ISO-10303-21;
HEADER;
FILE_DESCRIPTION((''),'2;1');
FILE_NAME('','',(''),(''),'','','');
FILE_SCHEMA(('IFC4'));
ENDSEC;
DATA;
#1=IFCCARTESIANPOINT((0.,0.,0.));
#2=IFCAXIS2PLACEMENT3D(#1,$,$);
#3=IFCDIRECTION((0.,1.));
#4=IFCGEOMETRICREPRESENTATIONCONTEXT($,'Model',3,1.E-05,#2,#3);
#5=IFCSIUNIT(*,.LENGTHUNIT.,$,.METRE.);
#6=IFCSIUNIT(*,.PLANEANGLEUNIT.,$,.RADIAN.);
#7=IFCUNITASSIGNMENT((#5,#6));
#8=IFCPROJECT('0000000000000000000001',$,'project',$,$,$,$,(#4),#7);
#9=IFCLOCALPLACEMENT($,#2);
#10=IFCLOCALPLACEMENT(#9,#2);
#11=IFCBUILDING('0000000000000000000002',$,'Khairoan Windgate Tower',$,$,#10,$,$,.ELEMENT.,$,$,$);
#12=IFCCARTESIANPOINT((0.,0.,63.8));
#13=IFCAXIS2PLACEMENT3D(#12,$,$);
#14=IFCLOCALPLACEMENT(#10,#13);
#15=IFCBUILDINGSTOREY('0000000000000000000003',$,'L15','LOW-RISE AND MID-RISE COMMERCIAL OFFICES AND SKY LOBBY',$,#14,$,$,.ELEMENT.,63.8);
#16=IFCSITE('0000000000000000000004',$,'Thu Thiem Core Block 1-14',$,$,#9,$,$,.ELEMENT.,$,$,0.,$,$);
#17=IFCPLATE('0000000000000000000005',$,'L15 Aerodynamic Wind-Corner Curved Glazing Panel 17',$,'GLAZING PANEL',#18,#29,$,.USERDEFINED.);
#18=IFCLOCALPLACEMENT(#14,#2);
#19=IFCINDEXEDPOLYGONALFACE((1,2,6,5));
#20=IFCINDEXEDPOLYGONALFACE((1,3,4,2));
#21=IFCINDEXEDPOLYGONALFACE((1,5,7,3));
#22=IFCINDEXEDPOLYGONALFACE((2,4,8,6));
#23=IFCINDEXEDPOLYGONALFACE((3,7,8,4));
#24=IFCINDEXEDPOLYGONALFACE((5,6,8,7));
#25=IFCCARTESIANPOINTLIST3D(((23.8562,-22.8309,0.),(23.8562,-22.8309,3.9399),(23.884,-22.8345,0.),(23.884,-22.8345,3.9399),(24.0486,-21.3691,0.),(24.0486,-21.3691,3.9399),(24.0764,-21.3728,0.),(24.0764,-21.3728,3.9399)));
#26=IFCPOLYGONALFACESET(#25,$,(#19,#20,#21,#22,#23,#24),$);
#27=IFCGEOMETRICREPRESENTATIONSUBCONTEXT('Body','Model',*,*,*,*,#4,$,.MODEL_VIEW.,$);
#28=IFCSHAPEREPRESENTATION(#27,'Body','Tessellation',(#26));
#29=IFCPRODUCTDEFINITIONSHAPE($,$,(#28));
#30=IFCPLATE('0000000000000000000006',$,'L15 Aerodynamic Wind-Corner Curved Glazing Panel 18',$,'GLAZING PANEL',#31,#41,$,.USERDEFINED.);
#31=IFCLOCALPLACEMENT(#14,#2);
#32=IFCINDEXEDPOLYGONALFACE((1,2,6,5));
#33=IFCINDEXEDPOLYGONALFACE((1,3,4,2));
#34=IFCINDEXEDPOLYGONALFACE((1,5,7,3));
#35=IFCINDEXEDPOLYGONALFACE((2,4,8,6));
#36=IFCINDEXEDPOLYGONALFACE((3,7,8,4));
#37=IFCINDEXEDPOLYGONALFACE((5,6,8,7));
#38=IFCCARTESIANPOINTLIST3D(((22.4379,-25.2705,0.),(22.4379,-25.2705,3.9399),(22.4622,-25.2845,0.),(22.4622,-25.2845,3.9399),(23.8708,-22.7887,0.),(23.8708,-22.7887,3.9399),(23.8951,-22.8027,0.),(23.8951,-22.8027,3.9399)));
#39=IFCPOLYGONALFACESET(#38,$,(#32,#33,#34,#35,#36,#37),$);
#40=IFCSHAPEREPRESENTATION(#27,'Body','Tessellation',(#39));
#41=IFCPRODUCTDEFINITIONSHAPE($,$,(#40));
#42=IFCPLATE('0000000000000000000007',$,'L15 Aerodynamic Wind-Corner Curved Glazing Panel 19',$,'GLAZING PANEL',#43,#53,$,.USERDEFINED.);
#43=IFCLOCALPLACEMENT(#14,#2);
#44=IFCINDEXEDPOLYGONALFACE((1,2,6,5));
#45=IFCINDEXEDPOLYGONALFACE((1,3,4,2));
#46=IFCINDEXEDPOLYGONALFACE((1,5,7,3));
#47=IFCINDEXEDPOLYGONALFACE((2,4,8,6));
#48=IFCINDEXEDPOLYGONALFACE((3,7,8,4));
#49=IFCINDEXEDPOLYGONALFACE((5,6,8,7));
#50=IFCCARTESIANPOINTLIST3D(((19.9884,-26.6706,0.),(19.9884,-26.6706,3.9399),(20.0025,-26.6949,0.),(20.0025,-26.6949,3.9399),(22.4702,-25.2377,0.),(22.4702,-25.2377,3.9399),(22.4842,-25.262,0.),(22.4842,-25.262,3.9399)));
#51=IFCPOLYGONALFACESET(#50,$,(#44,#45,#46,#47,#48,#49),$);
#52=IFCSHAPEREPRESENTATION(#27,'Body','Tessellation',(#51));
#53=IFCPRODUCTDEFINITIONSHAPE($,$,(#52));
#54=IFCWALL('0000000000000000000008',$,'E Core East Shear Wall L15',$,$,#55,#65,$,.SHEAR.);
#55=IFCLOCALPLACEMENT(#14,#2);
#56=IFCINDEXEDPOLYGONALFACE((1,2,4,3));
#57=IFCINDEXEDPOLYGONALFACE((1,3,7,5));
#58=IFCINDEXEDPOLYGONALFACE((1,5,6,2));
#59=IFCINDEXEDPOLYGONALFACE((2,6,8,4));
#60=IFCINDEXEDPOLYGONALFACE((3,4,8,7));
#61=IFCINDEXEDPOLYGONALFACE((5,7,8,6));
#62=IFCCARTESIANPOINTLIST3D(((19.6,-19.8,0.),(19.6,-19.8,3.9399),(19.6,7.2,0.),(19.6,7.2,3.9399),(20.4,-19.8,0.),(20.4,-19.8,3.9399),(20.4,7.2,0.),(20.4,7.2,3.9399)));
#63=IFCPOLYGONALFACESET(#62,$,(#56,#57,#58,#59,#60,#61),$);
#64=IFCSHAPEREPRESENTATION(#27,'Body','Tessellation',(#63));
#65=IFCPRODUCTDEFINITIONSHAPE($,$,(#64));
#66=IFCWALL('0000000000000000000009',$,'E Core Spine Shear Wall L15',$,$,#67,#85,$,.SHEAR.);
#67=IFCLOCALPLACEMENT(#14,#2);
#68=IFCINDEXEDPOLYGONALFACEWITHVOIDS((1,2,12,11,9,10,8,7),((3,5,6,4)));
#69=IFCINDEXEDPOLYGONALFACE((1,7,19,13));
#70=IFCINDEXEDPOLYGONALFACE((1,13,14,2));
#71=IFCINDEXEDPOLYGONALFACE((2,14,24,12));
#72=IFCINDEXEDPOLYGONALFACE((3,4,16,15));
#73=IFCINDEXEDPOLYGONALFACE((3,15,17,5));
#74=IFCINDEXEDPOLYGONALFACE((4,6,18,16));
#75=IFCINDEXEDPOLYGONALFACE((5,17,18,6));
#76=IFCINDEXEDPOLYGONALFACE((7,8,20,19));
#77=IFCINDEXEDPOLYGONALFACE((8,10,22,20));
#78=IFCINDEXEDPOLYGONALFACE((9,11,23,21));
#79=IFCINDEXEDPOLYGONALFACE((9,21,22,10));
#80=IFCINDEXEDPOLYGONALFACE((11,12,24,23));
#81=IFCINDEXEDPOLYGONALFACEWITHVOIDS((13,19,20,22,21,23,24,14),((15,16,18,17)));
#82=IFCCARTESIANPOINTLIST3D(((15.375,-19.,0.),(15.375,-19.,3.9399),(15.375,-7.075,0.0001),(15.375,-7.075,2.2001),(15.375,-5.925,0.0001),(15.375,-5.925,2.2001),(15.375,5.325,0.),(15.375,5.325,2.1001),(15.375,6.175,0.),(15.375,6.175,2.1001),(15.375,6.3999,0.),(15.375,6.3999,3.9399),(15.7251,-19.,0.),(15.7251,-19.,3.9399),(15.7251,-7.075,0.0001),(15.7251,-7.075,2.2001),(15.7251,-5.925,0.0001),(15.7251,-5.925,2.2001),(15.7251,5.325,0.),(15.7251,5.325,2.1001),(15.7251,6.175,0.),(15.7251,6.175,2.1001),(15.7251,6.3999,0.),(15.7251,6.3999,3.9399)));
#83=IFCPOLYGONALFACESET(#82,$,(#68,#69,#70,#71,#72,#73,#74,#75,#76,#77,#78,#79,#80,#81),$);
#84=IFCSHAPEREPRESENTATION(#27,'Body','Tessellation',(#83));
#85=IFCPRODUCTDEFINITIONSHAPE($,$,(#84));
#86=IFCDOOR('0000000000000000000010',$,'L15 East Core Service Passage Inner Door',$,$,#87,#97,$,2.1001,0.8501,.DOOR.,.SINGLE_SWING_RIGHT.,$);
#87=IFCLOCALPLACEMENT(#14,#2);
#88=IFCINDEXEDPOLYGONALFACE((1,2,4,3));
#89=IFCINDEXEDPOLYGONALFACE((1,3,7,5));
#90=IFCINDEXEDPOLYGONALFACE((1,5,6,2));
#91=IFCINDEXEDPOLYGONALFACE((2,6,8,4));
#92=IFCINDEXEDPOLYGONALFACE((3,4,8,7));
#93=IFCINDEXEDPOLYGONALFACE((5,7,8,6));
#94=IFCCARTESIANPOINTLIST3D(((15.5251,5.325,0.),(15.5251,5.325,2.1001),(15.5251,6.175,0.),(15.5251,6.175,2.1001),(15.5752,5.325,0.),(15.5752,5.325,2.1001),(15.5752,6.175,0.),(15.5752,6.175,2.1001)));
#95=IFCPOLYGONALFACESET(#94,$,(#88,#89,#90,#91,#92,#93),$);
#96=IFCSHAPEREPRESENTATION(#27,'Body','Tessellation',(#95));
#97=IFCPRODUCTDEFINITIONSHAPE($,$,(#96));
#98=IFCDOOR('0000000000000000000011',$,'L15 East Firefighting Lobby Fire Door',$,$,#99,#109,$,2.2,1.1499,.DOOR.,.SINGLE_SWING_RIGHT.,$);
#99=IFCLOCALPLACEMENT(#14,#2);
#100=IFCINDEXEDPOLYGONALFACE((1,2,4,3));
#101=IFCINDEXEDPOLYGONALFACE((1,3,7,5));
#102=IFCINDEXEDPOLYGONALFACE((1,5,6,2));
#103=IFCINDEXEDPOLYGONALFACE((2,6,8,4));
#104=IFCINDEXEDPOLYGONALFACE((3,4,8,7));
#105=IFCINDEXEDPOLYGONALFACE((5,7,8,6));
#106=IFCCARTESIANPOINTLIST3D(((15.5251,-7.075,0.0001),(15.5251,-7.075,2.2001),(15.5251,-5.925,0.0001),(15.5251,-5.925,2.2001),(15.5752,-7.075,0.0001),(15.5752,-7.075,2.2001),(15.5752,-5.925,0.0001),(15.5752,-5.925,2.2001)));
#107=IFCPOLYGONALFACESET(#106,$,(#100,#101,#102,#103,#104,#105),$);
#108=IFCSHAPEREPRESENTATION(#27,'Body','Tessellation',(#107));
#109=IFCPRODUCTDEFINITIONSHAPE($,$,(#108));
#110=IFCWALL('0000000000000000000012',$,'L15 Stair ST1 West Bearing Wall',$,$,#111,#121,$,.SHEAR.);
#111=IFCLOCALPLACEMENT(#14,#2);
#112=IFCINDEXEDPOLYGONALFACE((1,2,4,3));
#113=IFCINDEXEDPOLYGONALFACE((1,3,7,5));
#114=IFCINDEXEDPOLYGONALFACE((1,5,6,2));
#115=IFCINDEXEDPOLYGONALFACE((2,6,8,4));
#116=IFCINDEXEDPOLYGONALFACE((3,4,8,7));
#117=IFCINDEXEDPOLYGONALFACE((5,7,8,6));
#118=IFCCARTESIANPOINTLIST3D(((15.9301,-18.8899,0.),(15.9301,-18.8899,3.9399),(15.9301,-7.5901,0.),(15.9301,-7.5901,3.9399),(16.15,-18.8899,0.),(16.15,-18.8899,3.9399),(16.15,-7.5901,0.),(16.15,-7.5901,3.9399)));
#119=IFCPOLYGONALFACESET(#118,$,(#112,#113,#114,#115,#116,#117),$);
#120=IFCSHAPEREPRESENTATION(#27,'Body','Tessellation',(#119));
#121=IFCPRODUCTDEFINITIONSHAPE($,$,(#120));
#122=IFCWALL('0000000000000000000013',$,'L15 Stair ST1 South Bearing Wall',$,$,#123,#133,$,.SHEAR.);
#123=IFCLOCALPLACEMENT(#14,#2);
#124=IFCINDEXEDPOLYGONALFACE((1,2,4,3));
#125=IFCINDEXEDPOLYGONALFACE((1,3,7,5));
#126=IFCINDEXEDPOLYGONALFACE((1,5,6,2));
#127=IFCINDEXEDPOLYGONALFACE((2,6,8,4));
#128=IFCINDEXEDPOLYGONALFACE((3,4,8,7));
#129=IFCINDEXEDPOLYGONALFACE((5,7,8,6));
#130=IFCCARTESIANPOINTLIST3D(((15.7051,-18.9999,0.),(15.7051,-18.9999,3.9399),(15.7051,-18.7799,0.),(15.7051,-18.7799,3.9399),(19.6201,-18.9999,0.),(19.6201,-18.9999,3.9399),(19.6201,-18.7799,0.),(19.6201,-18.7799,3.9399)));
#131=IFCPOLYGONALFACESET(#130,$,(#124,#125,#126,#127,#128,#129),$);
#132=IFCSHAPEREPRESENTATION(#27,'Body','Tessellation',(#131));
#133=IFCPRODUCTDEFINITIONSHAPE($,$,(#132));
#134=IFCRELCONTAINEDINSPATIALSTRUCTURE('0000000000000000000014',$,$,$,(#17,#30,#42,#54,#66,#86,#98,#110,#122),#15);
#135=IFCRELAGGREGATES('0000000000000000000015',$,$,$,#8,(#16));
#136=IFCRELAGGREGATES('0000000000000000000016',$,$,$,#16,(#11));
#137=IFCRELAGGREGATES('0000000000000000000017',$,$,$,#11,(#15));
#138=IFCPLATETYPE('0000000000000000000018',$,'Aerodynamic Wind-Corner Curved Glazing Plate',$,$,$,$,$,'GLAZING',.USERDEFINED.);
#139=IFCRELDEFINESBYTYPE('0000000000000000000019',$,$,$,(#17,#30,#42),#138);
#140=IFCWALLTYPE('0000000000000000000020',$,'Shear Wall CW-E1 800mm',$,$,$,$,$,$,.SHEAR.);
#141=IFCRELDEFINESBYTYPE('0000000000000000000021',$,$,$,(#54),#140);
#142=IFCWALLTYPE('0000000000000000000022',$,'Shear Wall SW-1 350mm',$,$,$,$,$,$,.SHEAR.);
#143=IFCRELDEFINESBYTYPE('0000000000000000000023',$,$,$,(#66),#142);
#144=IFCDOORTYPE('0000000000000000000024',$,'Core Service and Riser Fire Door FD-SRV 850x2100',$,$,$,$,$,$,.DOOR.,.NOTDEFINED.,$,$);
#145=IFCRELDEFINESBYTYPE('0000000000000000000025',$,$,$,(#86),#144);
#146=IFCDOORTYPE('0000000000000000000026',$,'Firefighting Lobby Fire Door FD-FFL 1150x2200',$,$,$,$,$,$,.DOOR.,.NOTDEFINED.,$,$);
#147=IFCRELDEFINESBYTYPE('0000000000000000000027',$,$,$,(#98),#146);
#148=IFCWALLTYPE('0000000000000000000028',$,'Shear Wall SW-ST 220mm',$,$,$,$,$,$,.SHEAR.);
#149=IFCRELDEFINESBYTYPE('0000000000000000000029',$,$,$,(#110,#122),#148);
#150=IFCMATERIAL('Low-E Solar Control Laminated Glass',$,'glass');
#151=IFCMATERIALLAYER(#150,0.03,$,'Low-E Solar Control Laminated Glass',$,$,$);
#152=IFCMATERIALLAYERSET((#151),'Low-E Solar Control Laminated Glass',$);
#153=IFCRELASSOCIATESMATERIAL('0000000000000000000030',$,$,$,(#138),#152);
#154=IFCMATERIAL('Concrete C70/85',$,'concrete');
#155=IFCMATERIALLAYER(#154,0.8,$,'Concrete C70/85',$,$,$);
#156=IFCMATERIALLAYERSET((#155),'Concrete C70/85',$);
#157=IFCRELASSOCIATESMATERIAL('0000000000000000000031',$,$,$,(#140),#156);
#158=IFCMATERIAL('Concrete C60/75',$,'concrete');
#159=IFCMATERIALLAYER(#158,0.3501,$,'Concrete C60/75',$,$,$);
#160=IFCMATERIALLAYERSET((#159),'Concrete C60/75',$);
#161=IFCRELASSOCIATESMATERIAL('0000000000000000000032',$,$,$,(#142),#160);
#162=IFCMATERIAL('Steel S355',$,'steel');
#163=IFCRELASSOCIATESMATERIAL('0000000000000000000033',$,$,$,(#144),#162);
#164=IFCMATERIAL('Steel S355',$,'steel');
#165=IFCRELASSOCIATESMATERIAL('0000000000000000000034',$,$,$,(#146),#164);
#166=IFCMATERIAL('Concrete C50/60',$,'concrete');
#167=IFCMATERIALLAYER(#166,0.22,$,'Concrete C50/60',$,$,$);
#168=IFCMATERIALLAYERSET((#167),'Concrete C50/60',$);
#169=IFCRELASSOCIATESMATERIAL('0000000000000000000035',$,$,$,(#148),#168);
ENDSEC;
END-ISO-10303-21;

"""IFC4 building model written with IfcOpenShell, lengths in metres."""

from ifc_helpers import new_model, si_unit, direction, frame, frame_2d, origin, origin_2d, place, context, subcontext, project, spatial, rectangle, extrude, material, layer, layer_set, type_object, element, fill, save


model = new_model("IFC4")

# Units and contexts
model_context = context("Model", 3, precision=1e-05, world=origin(), true_north=direction((0.0, 1.0)))
body_context = subcontext(model_context, "Body", "Model", "MODEL_VIEW")
ifc_project = project(units=[si_unit("LENGTHUNIT", "METRE"), si_unit("PLANEANGLEUNIT", "RADIAN")], contexts=[model_context])

# Site, building, storey
site_placement = place(None, origin())
building_placement = place(site_placement, origin())
storey_placement = place(building_placement, frame((0.0, 0.0, 63.8)))
site = spatial("IfcSite", under=ifc_project, at=site_placement, Name="Thu Thiem Core Block 1-14", CompositionType="ELEMENT", RefElevation=0.0)
building = spatial("IfcBuilding", under=site, at=building_placement, Name="Khairoan Windgate Tower", CompositionType="ELEMENT")
storey = spatial("IfcBuildingStorey", under=building, at=storey_placement, Name="L15", Description="LOW-RISE AND MID-RISE COMMERCIAL OFFICES AND SKY LOBBY", CompositionType="ELEMENT", Elevation=63.8)

# Plates
ifc_material_1 = material(Name="Low-E Solar Control Laminated Glass", Category="glass")
ifc_layer_1 = layer(ifc_material_1, 0.03, Name="Low-E Solar Control Laminated Glass")
ifc_layer_set_1 = layer_set([ifc_layer_1], Name="Low-E Solar Control Laminated Glass")
plate_type_1 = type_object("IfcPlateType", Name="Aerodynamic Wind-Corner Curved Glazing Plate", ElementType="GLAZING", PredefinedType="USERDEFINED", material=ifc_layer_set_1)
plate_1_placement = place(storey_placement, frame((23.9663, -22.1018, 0.0), z_axis=(0.0, 0.0, 1.0), x_axis=(-0.130526, -0.991445, 0.0)))
element("IfcPlate", 1, at=plate_1_placement, inside=storey, type_object=plate_type_1, Name="L15 Aerodynamic Wind-Corner Curved Glazing Panel 17", ObjectType="GLAZING PANEL", PredefinedType="USERDEFINED", context=body_context, shape_type="SweptSolid", body=[
    extrude(rectangle(XDim=1.4744, YDim=0.0281, at=origin_2d()), origin(), (0.0, 0.0, 1.0), 3.9399),
])
for number, where, z_axis, x_axis, name in (
    (2, (23.1665, -24.0366, 0.0), (0.0, 0.0, 1.0), (-0.5, -0.866025, 0.0), "L15 Aerodynamic Wind-Corner Curved Glazing Panel 18"),
    (3, (21.2363, -25.9663, 0.0), (0.0, 0.0, 1.0), (-0.866025, -0.5, 0.0), "L15 Aerodynamic Wind-Corner Curved Glazing Panel 19"),
):
    element("IfcPlate", number, at=place(storey_placement, frame(where, z_axis=z_axis, x_axis=x_axis)), inside=storey, type_object=plate_type_1, Name=name, ObjectType="GLAZING PANEL", PredefinedType="USERDEFINED", context=body_context, shape_type="SweptSolid", body=[
        extrude(rectangle(XDim=2.8657, YDim=0.0281, at=origin_2d()), origin(), (0.0, 0.0, 1.0), 3.9399),
    ])

# Wall
ifc_material_2 = material(Name="Concrete C70/85", Category="concrete")
ifc_layer_2 = layer(ifc_material_2, 0.8, Name="Concrete C70/85")
ifc_layer_set_2 = layer_set([ifc_layer_2], Name="Concrete C70/85")
wall_type_1 = type_object("IfcWallType", Name="Shear Wall CW-E1 800mm", PredefinedType="SHEAR", material=ifc_layer_set_2)
wall_1_placement = place(storey_placement, frame((20.0, -19.8, 0.0), z_axis=(0.0, 0.0, 1.0), x_axis=(0.0, 1.0, 0.0)))
element("IfcWall", 4, at=wall_1_placement, inside=storey, type_object=wall_type_1, Name="E Core East Shear Wall L15", PredefinedType="SHEAR", context=body_context, shape_type="SweptSolid", body=[
    extrude(rectangle(XDim=27.0, YDim=0.8, at=frame_2d((13.5, 0.0))), origin(), (0.0, 0.0, 1.0), 3.9399),
])

# Wall, openings, doors
ifc_material_3 = material(Name="Concrete C60/75", Category="concrete")
ifc_layer_3 = layer(ifc_material_3, 0.3501, Name="Concrete C60/75")
ifc_layer_set_3 = layer_set([ifc_layer_3], Name="Concrete C60/75")
wall_type_2 = type_object("IfcWallType", Name="Shear Wall SW-1 350mm", PredefinedType="SHEAR", material=ifc_layer_set_3)
wall_2_placement = place(storey_placement, frame((15.55, -19.0, 0.0), z_axis=(0.0, 0.0, 1.0), x_axis=(0.0, 1.0, 0.0)))
wall_2 = element("IfcWall", 5, at=wall_2_placement, inside=storey, type_object=wall_type_2, Name="E Core Spine Shear Wall L15", PredefinedType="SHEAR", context=body_context, shape_type="SweptSolid", body=[
    extrude(rectangle(XDim=25.3999, YDim=0.3501, at=frame_2d((12.7, 0.0))), origin(), (0.0, 0.0, 1.0), 3.9399),
])
opening_1_placement = place(wall_2_placement, frame((11.925, 0.0, 0.0)))
opening_1 = element("IfcOpeningElement", 6, at=opening_1_placement, cuts=wall_2, PredefinedType="OPENING", context=body_context, shape_type="SweptSolid", body=[
    extrude(rectangle(XDim=1.1499, YDim=2.2, at=frame_2d((0.575, 1.1001))), frame((0.0, 0.1851, 0.0), z_axis=(0.0, -1.0, 0.0), x_axis=(1.0, 0.0, 0.0)), (0.0, 0.0, 1.0), 0.3701),
])
opening_2_placement = place(wall_2_placement, frame((24.325, 0.0, 0.0)))
opening_2 = element("IfcOpeningElement", 7, at=opening_2_placement, cuts=wall_2, PredefinedType="OPENING", context=body_context, shape_type="SweptSolid", body=[
    extrude(rectangle(XDim=0.8501, YDim=2.1001, at=frame_2d((0.425, 1.05))), frame((0.0, 0.1851, 0.0), z_axis=(0.0, -1.0, 0.0), x_axis=(1.0, 0.0, 0.0)), (0.0, 0.0, 1.0), 0.3701),
])
ifc_material_4 = material(Name="Steel S355", Category="steel")
door_type_1 = type_object("IfcDoorType", Name="Core Service and Riser Fire Door FD-SRV 850x2100", OperationType="NOTDEFINED", PredefinedType="DOOR", material=ifc_material_4)
door_1_placement = place(opening_2_placement, origin())
door_1 = element("IfcDoor", 8, at=door_1_placement, inside=storey, type_object=door_type_1, Name="L15 East Core Service Passage Inner Door", OperationType="SINGLE_SWING_RIGHT", OverallHeight=2.1001, OverallWidth=0.8501, PredefinedType="DOOR", context=body_context, shape_type="SweptSolid", body=[
    extrude(rectangle(XDim=0.8501, YDim=2.1001, at=frame_2d((0.425, 1.05))), frame((0.0, 0.0249, 0.0), z_axis=(0.0, -1.0, 0.0), x_axis=(1.0, 0.0, 0.0)), (0.0, 0.0, 1.0), 0.05),
])
fill(opening_2, door_1)
ifc_material_5 = material(Name="Steel S355", Category="steel")
door_type_2 = type_object("IfcDoorType", Name="Firefighting Lobby Fire Door FD-FFL 1150x2200", OperationType="NOTDEFINED", PredefinedType="DOOR", material=ifc_material_5)
door_2_placement = place(opening_1_placement, origin())
door_2 = element("IfcDoor", 9, at=door_2_placement, inside=storey, type_object=door_type_2, Name="L15 East Firefighting Lobby Fire Door", OperationType="SINGLE_SWING_RIGHT", OverallHeight=2.2, OverallWidth=1.1499, PredefinedType="DOOR", context=body_context, shape_type="SweptSolid", body=[
    extrude(rectangle(XDim=1.1499, YDim=2.2, at=frame_2d((0.575, 1.1001))), frame((0.0, 0.0249, 0.0), z_axis=(0.0, -1.0, 0.0), x_axis=(1.0, 0.0, 0.0)), (0.0, 0.0, 1.0), 0.05),
])
fill(opening_1, door_2)

# Walls
ifc_material_6 = material(Name="Concrete C50/60", Category="concrete")
ifc_layer_4 = layer(ifc_material_6, 0.22, Name="Concrete C50/60")
ifc_layer_set_4 = layer_set([ifc_layer_4], Name="Concrete C50/60")
wall_type_3 = type_object("IfcWallType", Name="Shear Wall SW-ST 220mm", PredefinedType="SHEAR", material=ifc_layer_set_4)
wall_3_placement = place(storey_placement, frame((16.04, -18.8899, 0.0), z_axis=(0.0, 0.0, 1.0), x_axis=(0.0, 1.0, 0.0)))
element("IfcWall", 10, at=wall_3_placement, inside=storey, type_object=wall_type_3, Name="L15 Stair ST1 West Bearing Wall", PredefinedType="SHEAR", context=body_context, shape_type="SweptSolid", body=[
    extrude(rectangle(XDim=11.2998, YDim=0.22, at=frame_2d((5.6499, 0.0))), origin(), (0.0, 0.0, 1.0), 3.9399),
])
wall_4_placement = place(storey_placement, frame((15.7051, -18.8899, 0.0), z_axis=(0.0, 0.0, 1.0), x_axis=(1.0, 0.0, 0.0)))
element("IfcWall", 11, at=wall_4_placement, inside=storey, type_object=wall_type_3, Name="L15 Stair ST1 South Bearing Wall", PredefinedType="SHEAR", context=body_context, shape_type="SweptSolid", body=[
    extrude(rectangle(XDim=3.915, YDim=0.22, at=frame_2d((1.9575, 0.0))), origin(), (0.0, 0.0, 1.0), 3.9399),
])

save(model, "model.ifc")
